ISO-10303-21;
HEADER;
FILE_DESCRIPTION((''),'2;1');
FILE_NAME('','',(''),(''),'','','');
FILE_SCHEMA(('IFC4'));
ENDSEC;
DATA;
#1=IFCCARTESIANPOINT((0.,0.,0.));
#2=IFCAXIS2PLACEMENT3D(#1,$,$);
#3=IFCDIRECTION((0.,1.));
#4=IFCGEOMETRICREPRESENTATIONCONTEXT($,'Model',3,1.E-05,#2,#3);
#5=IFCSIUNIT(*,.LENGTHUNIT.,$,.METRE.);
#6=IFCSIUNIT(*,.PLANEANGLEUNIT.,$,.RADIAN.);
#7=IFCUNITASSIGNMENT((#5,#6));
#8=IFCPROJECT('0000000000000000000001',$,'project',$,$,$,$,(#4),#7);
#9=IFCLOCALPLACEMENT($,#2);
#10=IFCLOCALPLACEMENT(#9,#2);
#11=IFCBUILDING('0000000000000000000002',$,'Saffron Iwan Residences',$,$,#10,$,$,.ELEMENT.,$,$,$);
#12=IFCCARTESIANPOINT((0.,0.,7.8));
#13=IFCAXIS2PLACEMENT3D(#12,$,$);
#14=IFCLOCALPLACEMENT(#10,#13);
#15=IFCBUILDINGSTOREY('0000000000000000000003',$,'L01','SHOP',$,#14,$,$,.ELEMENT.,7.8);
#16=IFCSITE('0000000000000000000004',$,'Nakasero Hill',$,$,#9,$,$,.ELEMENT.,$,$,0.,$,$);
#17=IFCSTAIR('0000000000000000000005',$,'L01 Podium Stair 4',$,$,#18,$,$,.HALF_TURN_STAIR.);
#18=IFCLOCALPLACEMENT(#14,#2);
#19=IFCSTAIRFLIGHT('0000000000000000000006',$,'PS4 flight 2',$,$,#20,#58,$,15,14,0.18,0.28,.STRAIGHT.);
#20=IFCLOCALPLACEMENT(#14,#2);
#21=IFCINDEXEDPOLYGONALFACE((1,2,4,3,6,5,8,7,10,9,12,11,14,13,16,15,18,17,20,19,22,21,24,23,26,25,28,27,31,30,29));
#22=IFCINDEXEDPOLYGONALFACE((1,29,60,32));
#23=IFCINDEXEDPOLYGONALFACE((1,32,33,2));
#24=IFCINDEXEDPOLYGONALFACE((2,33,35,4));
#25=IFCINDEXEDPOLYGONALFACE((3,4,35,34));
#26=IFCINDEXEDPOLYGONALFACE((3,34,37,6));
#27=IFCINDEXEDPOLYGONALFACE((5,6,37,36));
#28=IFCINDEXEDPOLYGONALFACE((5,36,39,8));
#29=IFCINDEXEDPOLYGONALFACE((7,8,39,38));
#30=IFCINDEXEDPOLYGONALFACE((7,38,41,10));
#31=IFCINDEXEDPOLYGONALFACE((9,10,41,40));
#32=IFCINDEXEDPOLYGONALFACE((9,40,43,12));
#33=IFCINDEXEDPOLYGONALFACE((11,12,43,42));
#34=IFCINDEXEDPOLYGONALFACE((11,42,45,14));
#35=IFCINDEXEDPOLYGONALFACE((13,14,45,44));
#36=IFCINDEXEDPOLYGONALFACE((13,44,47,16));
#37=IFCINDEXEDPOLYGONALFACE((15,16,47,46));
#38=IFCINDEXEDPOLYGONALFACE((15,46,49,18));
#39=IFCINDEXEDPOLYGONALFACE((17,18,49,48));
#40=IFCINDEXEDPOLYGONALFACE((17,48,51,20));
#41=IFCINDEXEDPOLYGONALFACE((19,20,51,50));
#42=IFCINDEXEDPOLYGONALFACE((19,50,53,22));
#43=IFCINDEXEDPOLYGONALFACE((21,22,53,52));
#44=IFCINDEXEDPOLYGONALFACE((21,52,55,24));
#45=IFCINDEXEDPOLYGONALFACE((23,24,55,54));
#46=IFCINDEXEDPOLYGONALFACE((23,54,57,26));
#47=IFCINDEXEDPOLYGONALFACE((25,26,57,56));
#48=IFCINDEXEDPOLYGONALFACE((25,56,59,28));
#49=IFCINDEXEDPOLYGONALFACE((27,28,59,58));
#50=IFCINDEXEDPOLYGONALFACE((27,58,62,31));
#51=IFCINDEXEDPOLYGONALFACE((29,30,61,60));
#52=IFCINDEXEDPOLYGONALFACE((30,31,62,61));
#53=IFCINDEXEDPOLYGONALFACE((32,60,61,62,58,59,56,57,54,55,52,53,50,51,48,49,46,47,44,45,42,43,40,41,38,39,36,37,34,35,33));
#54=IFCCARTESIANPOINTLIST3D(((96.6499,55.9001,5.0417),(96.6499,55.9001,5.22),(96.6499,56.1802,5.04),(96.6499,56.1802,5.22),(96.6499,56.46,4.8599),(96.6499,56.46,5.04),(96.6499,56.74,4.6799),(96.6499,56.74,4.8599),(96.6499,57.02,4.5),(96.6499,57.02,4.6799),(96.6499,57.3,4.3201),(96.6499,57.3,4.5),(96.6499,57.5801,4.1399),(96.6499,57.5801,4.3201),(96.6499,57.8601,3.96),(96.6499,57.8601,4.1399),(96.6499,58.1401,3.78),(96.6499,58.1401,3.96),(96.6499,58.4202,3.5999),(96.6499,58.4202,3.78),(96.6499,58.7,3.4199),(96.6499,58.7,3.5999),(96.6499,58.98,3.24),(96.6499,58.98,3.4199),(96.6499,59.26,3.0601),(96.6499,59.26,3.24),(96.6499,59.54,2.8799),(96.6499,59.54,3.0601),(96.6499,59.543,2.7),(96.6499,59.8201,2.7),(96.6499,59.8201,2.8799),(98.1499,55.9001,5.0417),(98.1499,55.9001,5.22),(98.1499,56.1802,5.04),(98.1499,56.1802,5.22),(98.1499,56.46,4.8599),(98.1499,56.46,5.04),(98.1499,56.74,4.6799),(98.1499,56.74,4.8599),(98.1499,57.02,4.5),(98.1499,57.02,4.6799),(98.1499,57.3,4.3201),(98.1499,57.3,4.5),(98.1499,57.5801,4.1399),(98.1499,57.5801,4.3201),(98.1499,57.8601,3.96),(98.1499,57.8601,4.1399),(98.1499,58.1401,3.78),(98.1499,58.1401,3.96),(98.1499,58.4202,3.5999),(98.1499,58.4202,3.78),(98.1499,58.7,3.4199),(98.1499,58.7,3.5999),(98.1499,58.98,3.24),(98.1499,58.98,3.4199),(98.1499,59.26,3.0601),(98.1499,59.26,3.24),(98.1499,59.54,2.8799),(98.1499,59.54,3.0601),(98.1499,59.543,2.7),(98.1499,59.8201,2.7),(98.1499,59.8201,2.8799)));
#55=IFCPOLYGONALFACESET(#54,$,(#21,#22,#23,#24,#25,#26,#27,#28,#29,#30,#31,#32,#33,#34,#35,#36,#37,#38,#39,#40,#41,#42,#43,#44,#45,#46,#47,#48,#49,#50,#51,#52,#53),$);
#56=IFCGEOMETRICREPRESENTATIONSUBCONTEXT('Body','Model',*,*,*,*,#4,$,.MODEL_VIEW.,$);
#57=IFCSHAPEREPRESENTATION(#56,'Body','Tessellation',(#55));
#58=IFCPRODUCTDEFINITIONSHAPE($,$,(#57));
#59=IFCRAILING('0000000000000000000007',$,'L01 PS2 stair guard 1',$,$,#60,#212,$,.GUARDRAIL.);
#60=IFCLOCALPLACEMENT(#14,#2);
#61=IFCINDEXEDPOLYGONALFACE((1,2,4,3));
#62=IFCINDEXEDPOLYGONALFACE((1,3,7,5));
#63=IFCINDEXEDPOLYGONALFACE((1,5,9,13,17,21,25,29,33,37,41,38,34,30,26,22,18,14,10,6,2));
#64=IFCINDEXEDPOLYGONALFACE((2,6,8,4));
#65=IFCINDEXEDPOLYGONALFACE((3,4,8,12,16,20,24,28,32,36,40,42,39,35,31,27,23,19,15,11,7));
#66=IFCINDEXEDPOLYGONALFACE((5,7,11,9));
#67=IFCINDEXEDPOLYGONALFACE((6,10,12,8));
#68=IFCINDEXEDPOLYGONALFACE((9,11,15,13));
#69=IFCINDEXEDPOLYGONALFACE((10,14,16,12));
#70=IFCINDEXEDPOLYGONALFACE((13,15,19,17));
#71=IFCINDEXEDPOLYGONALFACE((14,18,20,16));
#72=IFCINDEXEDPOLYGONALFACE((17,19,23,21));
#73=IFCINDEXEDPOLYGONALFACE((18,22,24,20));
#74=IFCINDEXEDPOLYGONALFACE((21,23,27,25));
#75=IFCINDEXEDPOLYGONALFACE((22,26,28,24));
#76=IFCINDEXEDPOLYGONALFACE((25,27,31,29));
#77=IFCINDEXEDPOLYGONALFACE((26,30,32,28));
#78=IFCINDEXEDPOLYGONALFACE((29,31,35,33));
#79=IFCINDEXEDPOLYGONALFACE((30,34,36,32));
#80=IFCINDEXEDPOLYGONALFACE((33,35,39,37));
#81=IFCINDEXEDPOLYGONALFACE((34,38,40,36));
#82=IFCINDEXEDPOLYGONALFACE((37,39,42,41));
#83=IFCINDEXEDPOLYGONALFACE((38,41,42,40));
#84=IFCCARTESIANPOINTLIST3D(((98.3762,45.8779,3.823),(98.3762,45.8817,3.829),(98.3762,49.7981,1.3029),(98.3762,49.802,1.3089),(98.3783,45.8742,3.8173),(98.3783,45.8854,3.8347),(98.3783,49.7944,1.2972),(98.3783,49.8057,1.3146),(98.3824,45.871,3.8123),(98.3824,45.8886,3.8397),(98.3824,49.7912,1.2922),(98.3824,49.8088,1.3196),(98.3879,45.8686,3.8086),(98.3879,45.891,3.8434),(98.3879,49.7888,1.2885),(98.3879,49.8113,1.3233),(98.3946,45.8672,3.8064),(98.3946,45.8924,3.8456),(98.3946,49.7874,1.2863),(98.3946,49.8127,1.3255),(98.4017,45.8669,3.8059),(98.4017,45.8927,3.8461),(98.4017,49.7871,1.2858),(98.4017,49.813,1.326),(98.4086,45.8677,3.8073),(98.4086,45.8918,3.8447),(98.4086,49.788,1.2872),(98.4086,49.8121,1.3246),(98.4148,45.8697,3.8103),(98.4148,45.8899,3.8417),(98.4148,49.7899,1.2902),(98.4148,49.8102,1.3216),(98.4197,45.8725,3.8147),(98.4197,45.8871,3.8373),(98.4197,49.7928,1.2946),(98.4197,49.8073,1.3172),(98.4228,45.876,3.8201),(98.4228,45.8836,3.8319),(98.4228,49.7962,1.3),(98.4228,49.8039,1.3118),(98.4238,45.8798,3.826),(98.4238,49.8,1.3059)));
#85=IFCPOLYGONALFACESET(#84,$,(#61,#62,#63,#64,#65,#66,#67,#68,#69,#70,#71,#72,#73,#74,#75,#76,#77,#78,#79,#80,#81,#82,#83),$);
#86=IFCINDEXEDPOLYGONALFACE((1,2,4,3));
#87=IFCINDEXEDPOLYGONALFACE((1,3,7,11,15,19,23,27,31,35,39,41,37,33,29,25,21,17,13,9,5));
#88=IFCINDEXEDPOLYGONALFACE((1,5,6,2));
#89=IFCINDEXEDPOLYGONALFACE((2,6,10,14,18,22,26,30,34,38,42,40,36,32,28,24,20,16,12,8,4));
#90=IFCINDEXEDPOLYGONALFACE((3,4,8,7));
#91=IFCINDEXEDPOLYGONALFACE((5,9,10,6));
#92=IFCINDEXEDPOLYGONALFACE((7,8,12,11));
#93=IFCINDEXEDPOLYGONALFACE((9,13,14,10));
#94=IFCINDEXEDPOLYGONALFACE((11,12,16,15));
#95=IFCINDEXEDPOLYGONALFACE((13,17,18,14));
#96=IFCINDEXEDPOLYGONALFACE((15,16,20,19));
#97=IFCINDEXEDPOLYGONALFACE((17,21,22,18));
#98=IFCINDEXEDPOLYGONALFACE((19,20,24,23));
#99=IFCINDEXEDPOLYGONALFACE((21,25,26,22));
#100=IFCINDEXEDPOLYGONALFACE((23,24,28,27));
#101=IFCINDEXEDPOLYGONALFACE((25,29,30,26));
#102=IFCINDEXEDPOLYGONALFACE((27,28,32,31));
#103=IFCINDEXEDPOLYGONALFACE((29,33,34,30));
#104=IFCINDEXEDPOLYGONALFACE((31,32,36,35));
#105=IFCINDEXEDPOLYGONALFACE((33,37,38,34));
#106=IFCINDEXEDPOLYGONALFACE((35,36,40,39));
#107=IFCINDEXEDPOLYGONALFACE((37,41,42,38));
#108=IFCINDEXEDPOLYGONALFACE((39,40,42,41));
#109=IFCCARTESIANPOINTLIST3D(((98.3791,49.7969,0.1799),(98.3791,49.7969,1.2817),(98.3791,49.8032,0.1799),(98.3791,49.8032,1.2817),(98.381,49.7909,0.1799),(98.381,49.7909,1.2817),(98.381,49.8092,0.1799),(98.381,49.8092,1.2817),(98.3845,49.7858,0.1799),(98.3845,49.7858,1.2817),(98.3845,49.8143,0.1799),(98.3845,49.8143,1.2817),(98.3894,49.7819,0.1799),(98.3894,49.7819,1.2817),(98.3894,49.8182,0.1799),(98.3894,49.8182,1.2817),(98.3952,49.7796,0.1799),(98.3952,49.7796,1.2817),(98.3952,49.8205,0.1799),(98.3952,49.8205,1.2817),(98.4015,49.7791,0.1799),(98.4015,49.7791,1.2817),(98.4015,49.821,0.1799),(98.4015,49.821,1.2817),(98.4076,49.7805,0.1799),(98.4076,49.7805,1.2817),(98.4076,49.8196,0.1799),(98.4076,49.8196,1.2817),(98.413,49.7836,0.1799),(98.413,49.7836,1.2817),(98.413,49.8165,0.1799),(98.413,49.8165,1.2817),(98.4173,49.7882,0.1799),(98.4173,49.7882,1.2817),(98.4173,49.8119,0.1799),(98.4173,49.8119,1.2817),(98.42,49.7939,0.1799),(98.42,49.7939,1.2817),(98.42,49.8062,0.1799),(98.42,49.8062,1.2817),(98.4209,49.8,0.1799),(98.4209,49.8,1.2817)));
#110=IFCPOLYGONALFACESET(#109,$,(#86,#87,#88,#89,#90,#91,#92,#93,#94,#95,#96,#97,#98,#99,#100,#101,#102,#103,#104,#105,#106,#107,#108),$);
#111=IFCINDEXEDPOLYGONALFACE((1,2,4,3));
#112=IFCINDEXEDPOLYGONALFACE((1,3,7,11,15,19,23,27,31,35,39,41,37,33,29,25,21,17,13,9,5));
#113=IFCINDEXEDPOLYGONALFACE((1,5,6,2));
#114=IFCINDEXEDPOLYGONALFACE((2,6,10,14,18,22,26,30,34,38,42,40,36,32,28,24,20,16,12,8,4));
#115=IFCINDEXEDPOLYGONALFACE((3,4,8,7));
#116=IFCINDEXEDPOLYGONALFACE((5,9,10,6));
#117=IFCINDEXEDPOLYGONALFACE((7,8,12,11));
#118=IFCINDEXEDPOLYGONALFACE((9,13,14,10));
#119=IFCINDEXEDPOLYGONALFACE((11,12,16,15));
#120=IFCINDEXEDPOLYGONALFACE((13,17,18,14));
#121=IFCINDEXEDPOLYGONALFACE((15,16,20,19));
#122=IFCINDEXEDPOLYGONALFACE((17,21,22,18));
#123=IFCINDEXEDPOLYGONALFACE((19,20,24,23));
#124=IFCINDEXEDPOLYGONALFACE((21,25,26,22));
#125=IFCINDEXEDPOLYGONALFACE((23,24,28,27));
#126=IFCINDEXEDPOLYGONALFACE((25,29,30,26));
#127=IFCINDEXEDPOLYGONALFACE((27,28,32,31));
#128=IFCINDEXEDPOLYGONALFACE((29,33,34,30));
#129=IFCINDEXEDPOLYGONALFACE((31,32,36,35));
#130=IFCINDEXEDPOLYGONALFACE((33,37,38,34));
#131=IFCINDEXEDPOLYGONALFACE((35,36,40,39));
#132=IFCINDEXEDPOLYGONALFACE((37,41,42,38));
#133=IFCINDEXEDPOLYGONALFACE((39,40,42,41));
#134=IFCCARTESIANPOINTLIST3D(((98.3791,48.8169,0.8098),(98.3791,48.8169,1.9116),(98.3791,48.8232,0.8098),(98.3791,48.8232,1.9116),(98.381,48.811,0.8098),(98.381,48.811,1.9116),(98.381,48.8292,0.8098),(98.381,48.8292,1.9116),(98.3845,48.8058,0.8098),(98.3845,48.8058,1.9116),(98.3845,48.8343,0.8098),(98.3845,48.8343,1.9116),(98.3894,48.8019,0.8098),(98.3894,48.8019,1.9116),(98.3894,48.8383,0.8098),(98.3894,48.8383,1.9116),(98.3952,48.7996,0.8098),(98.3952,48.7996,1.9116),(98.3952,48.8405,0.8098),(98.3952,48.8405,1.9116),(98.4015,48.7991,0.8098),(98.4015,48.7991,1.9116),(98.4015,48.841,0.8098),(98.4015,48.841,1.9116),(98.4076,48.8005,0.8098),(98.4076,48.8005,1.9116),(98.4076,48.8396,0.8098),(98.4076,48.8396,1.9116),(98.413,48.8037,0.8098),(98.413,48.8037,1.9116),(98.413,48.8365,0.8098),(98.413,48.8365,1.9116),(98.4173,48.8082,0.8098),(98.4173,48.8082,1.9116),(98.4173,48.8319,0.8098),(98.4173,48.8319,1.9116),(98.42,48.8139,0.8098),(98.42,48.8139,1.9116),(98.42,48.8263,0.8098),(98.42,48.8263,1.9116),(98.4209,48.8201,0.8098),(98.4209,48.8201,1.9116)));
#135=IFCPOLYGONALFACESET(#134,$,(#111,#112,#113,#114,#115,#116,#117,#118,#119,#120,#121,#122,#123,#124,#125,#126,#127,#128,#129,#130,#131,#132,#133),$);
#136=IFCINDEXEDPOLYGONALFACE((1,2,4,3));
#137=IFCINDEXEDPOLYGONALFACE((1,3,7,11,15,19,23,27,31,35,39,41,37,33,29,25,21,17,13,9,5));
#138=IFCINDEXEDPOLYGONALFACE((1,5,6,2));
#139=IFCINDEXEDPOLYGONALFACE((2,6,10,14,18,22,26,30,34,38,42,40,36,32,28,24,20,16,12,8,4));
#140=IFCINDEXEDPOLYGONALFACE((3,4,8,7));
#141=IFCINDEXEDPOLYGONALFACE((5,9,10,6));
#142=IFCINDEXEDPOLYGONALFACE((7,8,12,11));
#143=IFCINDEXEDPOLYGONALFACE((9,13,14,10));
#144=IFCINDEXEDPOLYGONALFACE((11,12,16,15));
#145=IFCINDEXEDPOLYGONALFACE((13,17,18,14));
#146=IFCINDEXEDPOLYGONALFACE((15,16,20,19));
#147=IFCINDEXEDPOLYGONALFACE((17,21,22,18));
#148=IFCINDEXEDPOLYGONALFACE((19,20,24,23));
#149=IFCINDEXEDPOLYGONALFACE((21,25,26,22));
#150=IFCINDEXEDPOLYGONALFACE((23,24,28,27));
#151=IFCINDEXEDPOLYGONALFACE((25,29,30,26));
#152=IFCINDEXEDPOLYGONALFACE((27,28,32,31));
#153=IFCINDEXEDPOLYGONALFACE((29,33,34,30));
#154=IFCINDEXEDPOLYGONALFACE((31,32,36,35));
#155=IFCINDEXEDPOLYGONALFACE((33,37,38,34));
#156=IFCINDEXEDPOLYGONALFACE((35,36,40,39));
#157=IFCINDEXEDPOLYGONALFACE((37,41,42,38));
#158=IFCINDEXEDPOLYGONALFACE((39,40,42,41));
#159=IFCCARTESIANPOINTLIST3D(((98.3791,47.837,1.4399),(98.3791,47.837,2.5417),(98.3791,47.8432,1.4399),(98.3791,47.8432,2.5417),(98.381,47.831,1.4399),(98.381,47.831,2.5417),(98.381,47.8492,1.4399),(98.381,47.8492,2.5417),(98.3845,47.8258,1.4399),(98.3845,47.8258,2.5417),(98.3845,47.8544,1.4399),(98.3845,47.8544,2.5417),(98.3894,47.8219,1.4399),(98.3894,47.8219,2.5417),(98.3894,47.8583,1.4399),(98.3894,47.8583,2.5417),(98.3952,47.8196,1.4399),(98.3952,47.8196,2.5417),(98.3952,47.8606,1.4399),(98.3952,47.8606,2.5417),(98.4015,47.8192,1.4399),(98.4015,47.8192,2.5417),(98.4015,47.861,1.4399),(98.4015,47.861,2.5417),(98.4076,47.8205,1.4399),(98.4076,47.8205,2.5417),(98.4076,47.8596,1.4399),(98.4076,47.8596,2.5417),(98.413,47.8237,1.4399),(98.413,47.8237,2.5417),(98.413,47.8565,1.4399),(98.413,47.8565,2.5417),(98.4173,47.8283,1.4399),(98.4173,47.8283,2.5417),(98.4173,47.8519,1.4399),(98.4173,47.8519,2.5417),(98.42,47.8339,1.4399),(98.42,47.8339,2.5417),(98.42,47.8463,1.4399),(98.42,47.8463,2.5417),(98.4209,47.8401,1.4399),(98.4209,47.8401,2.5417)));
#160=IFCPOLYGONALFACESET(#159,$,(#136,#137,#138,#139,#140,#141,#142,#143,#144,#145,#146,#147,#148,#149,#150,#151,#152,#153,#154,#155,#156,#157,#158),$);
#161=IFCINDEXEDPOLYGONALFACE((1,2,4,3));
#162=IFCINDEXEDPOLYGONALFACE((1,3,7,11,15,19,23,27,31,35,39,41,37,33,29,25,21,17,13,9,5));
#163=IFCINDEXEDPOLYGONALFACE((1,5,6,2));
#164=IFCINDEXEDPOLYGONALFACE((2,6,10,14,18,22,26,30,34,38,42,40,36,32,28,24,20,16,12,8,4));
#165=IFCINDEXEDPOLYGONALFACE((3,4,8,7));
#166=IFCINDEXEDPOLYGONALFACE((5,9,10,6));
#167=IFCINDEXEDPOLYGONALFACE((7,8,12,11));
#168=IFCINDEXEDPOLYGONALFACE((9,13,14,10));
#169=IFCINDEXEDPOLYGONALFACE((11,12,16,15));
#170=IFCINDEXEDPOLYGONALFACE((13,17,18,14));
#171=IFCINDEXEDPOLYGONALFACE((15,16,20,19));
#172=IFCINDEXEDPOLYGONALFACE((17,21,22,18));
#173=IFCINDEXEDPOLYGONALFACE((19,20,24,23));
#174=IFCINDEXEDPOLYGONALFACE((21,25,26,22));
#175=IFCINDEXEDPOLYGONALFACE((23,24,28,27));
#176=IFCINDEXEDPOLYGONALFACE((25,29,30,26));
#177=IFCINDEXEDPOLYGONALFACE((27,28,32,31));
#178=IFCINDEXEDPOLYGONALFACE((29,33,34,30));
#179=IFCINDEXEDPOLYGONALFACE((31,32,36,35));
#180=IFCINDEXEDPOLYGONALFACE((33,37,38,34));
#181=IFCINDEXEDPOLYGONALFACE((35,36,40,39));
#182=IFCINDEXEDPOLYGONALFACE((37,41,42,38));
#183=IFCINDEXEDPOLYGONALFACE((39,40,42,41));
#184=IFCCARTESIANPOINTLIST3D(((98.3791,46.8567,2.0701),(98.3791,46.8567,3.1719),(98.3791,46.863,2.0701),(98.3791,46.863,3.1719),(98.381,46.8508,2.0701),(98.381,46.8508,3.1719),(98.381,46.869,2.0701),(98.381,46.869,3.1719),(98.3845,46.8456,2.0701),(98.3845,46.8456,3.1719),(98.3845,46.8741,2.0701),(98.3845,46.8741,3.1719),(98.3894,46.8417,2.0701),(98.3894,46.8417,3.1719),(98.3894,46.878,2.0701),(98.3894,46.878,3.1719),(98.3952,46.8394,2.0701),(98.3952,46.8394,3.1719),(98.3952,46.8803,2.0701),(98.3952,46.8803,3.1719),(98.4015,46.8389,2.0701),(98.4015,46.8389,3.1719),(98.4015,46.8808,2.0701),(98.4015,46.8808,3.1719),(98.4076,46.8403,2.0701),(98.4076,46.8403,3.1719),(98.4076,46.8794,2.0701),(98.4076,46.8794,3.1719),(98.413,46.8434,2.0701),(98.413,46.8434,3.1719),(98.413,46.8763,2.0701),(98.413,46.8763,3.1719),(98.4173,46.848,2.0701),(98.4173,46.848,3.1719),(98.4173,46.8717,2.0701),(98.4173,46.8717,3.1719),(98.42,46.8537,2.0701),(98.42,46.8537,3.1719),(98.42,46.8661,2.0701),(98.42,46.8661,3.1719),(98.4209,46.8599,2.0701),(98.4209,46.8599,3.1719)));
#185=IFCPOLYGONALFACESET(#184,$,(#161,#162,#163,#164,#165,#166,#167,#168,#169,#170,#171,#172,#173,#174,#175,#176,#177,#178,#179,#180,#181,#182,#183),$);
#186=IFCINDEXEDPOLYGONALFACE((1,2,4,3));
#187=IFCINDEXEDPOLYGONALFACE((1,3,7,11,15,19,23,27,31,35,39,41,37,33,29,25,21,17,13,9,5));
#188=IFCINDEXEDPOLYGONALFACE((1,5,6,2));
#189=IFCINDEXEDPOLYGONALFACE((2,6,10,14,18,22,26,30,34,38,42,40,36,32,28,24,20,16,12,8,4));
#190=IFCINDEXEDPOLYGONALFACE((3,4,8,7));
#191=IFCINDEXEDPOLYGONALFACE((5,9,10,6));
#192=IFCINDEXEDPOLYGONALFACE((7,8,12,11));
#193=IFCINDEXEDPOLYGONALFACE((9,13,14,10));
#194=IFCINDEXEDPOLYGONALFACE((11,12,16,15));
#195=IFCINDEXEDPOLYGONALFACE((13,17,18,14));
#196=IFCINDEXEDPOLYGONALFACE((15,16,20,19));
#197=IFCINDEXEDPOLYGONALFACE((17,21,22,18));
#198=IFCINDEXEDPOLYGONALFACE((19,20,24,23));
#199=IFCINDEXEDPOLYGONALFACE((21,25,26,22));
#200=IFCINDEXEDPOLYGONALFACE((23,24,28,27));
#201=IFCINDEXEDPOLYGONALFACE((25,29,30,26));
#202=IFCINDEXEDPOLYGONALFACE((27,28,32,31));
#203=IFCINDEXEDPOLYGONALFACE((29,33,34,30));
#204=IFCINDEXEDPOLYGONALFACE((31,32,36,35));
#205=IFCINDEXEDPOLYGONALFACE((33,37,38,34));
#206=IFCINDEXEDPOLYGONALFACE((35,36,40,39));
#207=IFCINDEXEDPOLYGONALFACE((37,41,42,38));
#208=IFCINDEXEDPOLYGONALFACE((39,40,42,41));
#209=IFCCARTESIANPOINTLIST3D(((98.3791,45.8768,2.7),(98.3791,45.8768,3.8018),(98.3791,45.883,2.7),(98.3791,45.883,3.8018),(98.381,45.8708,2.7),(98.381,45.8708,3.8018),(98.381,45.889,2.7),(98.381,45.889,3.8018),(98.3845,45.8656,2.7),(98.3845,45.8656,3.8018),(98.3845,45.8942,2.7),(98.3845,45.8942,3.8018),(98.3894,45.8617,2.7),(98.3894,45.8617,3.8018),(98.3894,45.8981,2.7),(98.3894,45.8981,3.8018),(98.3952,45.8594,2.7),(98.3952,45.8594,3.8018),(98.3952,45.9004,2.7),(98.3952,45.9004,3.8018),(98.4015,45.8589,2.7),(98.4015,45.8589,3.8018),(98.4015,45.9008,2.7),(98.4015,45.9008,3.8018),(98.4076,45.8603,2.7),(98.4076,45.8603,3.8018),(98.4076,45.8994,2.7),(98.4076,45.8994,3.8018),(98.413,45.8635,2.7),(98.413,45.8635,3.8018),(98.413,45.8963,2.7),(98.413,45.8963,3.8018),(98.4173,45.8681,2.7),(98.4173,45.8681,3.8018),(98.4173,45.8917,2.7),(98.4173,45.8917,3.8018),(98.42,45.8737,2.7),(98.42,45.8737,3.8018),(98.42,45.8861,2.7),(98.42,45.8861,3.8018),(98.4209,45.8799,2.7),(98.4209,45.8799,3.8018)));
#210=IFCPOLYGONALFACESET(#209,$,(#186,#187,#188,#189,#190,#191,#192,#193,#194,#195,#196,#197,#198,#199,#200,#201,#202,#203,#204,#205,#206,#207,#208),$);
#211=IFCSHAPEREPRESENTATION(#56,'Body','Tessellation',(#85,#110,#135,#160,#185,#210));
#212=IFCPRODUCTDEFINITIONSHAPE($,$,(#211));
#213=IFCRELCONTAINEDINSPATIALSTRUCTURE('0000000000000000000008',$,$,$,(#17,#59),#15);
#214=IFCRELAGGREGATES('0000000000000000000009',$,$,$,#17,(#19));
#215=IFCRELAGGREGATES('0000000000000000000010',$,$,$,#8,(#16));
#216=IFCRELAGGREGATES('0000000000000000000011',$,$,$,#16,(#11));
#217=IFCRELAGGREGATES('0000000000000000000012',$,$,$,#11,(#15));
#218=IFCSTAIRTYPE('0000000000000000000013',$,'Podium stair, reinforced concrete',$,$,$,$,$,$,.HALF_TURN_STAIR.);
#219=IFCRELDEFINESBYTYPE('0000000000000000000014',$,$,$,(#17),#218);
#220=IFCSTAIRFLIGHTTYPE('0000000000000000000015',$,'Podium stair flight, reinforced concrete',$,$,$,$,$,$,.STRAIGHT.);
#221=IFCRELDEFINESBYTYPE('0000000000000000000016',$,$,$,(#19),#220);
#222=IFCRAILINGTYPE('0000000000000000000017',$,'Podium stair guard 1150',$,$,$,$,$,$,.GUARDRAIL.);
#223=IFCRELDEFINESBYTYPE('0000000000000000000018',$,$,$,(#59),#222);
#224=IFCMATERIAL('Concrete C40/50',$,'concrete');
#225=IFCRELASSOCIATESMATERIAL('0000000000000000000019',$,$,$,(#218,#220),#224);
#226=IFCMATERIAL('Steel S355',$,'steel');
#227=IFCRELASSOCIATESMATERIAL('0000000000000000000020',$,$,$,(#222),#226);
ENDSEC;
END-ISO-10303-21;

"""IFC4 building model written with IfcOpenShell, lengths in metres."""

from ifc_helpers import new_model, si_unit, direction, frame, origin, origin_2d, place, context, subcontext, project, spatial, polyline, circle, outline, extrude, material, type_object, element, aggregate, save


model = new_model("IFC4")

# Units and contexts
model_context = context("Model", 3, precision=1e-05, world=origin(), true_north=direction((0.0, 1.0)))
body_context = subcontext(model_context, "Body", "Model", "MODEL_VIEW")
ifc_project = project(units=[si_unit("LENGTHUNIT", "METRE"), si_unit("PLANEANGLEUNIT", "RADIAN")], contexts=[model_context])

# Site, building, storey
site_placement = place(None, origin())
site = spatial("IfcSite", under=ifc_project, at=site_placement, Name="Nakasero Hill", CompositionType="ELEMENT", RefElevation=0.0)
building_placement = place(site_placement, origin())
building = spatial("IfcBuilding", under=site, at=building_placement, Name="Saffron Iwan Residences", CompositionType="ELEMENT")
storey_placement = place(building_placement, frame((0.0, 0.0, 7.8)))
storey = spatial("IfcBuildingStorey", under=building, at=storey_placement, Name="L01", Description="SHOP", CompositionType="ELEMENT", Elevation=7.8)

# Shared definitions
ifc_material_1 = material(Name="Concrete C40/50", Category="concrete")

# Shared definitions
stair_type = type_object("IfcStairType", Name="Podium stair, reinforced concrete", PredefinedType="HALF_TURN_STAIR", material=ifc_material_1)
stair_flight_type = type_object("IfcStairFlightType", Name="Podium stair flight, reinforced concrete", PredefinedType="STRAIGHT", material=ifc_material_1)

# Stair, stair flight
stair_1_placement = place(storey_placement, origin())
stair_1 = element("IfcStair", 1, at=stair_1_placement, inside=storey, type_object=stair_type, Name="L01 Podium Stair 4", PredefinedType="HALF_TURN_STAIR")
stair_flight_1_placement = place(storey_placement, frame((97.3999, 59.8201, 2.7), z_axis=(0.0, 0.0, 1.0), x_axis=(0.0, -1.0, 0.0)))
stair_flight_1 = element("IfcStairFlight", 2, at=stair_flight_1_placement, type_object=stair_flight_type, Name="PS4 flight 2", NumberOfRisers=15, NumberOfTreads=14, PredefinedType="STRAIGHT", RiserHeight=0.18, TreadLength=0.28, context=body_context, shape_type="SweptSolid", body=[
    extrude(outline(polyline([(0.0, 0.0), (0.0, 0.1799), (0.28, 0.1799), (0.28, 0.3601), (0.5601, 0.3601), (0.5601, 0.54), (0.8401, 0.54), (0.8401, 0.72), (1.1201, 0.72), (1.1201, 0.8999), (1.3999, 0.8999), (1.3999, 1.0801), (1.6799, 1.0801), (1.6799, 1.26), (1.96, 1.26), (1.96, 1.4399), (2.24, 1.4399), (2.24, 1.6201), (2.52, 1.6201), (2.52, 1.8), (2.8, 1.8), (2.8, 1.98), (3.0801, 1.98), (3.0801, 2.1599), (3.3601, 2.1599), (3.3601, 2.3401), (3.6399, 2.3401), (3.6399, 2.52), (3.9199, 2.52), (3.9199, 2.7), (3.9199, 2.3418), (0.2771, 0.0), (0.0, 0.0)])), frame((0.0, 0.75, 0.0), z_axis=(0.0, -1.0, 0.0), x_axis=(1.0, 0.0, 0.0)), (0.0, 0.0, 1.0), 1.5),
])
aggregate(stair_1, [stair_flight_1])

# Railing
ifc_material_2 = material(Name="Steel S355", Category="steel")
railing_type_1 = type_object("IfcRailingType", Name="Podium stair guard 1150", PredefinedType="GUARDRAIL", material=ifc_material_2)
railing_1_placement = place(storey_placement, frame((98.3999, 49.8, 0.1799)))
element("IfcRailing", 3, at=railing_1_placement, inside=storey, type_object=railing_type_1, Name="L01 PS2 stair guard 1", PredefinedType="GUARDRAIL", context=body_context, shape_type="SweptSolid", body=[
    extrude(circle(Radius=0.0239, at=origin_2d()), frame((0.0, 0.0, 1.126), z_axis=(0.0, -0.841187, 0.540744), x_axis=(1.0, 0.0, 0.0)), (0.0, 0.0, 1.0), 4.6604),
    extrude(circle(Radius=0.021, at=origin_2d()), origin(), (0.0, 0.0, 1.0), 1.1018),
    extrude(circle(Radius=0.021, at=origin_2d()), frame((0.0, -0.98, 0.6299)), (0.0, 0.0, 1.0), 1.1018),
    extrude(circle(Radius=0.021, at=origin_2d()), frame((0.0, -1.96, 1.26)), (0.0, 0.0, 1.0), 1.1018),
    extrude(circle(Radius=0.021, at=origin_2d()), frame((0.0, -2.9402, 1.8901)), (0.0, 0.0, 1.0), 1.1018),
    extrude(circle(Radius=0.021, at=origin_2d()), frame((0.0, -3.9202, 2.52)), (0.0, 0.0, 1.0), 1.1018),
])

save(model, "model.ifc")
